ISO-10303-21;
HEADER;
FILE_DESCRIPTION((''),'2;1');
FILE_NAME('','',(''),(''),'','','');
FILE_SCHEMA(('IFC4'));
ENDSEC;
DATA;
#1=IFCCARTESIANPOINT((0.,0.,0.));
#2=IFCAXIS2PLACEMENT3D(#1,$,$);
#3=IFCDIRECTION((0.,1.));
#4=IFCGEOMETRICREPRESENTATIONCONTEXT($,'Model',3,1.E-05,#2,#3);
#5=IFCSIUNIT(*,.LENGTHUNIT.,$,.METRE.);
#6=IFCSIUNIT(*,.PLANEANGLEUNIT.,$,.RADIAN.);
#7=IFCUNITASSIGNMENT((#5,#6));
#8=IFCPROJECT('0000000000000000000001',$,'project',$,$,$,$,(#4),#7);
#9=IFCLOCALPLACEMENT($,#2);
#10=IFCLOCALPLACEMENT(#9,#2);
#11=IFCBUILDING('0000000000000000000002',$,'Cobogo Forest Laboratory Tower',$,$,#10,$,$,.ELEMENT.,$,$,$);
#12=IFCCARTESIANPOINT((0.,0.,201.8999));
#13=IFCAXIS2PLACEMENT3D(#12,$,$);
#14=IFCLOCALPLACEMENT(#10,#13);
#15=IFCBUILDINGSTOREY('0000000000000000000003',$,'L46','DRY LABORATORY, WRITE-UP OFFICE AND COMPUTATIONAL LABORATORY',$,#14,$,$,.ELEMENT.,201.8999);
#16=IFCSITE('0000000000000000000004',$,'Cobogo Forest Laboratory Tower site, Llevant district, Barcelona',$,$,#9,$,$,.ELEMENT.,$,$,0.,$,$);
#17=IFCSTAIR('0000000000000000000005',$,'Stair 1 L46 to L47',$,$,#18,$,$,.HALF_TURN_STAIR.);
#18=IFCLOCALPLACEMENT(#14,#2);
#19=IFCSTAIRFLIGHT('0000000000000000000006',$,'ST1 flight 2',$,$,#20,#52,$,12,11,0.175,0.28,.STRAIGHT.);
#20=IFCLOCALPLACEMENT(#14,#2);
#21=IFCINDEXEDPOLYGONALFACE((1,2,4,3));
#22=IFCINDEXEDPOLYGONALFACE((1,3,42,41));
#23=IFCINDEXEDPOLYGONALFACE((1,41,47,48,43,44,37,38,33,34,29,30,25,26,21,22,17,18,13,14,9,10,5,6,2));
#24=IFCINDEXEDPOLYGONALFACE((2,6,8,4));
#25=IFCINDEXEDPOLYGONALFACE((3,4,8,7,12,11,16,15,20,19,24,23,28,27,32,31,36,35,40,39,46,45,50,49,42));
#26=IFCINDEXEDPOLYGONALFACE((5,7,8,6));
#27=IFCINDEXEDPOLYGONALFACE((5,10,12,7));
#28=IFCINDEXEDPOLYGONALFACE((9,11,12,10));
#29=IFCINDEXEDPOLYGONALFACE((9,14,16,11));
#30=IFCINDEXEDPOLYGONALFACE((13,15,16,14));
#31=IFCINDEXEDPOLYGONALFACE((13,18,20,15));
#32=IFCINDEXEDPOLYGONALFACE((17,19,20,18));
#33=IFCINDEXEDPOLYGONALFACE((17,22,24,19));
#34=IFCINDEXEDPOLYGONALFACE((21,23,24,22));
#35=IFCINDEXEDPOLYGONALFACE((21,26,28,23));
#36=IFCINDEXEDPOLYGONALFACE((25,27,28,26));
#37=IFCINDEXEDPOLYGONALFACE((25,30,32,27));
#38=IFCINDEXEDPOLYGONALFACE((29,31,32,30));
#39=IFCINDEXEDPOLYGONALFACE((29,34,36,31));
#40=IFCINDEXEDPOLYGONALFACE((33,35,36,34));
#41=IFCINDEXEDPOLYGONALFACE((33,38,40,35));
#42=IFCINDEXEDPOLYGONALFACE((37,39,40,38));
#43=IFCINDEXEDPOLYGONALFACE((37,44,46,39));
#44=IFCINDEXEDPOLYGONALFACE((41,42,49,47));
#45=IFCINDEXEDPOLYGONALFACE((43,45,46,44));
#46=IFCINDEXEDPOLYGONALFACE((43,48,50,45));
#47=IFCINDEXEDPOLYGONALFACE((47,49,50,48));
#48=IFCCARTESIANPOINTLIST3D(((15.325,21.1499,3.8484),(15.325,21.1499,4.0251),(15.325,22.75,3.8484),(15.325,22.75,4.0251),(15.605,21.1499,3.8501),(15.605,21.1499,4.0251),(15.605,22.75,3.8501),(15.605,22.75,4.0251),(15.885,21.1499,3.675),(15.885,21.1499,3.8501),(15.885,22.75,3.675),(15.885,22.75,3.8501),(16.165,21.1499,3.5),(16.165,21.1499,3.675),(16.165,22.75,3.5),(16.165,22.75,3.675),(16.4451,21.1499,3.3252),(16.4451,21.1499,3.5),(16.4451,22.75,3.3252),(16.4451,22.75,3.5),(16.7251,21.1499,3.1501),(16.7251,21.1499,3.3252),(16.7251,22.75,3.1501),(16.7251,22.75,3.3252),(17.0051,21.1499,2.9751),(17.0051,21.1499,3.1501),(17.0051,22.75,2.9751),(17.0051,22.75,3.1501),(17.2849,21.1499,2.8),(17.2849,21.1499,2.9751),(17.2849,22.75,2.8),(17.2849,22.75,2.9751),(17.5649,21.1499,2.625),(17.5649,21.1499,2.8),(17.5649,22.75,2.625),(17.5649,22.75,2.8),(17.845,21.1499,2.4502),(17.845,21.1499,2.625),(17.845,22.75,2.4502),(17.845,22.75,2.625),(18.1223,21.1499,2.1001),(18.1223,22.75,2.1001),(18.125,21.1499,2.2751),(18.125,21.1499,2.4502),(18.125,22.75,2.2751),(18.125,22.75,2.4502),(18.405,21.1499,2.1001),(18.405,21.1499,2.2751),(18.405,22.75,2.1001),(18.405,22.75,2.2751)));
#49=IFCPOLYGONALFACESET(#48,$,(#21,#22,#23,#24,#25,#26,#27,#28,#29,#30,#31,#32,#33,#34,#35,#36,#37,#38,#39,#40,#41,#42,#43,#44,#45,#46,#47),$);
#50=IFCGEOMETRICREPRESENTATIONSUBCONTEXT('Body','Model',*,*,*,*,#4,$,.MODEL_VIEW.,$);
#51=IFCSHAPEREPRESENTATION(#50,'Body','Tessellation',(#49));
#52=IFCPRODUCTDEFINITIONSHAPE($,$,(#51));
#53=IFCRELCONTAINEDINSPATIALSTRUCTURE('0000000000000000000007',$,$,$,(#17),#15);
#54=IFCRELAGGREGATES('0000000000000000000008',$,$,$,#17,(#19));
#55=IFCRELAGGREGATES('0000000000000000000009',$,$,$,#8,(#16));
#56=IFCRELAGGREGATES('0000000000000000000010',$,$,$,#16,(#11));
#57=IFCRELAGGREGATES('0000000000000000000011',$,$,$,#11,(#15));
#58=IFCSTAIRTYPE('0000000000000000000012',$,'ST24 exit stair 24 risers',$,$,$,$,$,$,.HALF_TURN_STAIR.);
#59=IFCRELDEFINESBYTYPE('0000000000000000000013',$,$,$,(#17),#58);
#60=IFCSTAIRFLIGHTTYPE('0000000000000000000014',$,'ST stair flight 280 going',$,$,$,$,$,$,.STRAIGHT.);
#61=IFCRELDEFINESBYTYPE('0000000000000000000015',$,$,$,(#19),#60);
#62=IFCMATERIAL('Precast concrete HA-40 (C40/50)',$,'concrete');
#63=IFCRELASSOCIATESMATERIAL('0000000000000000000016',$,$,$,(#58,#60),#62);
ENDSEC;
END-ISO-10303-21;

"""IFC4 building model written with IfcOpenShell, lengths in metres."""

from ifc_helpers import new_model, si_unit, direction, frame, origin, place, context, subcontext, project, spatial, polyline, outline, extrude, material, type_object, element, aggregate, save


model = new_model("IFC4")

# Units and contexts
model_context = context("Model", 3, precision=1e-05, world=origin(), true_north=direction((0.0, 1.0)))
body_context = subcontext(model_context, "Body", "Model", "MODEL_VIEW")
ifc_project = project(units=[si_unit("LENGTHUNIT", "METRE"), si_unit("PLANEANGLEUNIT", "RADIAN")], contexts=[model_context])

# Site, building, storey
site_placement = place(None, origin())
site = spatial("IfcSite", under=ifc_project, at=site_placement, Name="Cobogo Forest Laboratory Tower site, Llevant district, Barcelona", CompositionType="ELEMENT", RefElevation=0.0)
building_placement = place(site_placement, origin())
building = spatial("IfcBuilding", under=site, at=building_placement, Name="Cobogo Forest Laboratory Tower", CompositionType="ELEMENT")
storey_placement = place(building_placement, frame((0.0, 0.0, 201.8999)))
storey = spatial("IfcBuildingStorey", under=building, at=storey_placement, Name="L46", Description="DRY LABORATORY, WRITE-UP OFFICE AND COMPUTATIONAL LABORATORY", CompositionType="ELEMENT", Elevation=201.8999)

# Stair, stair flight
ifc_material_1 = material(Name="Precast concrete HA-40 (C40/50)", Category="concrete")
stair_type = type_object("IfcStairType", Name="ST24 exit stair 24 risers", PredefinedType="HALF_TURN_STAIR", material=ifc_material_1)
stair_placement = place(storey_placement, origin())
stair = element("IfcStair", 1, at=stair_placement, inside=storey, type_object=stair_type, Name="Stair 1 L46 to L47", PredefinedType="HALF_TURN_STAIR")
stair_flight_type = type_object("IfcStairFlightType", Name="ST stair flight 280 going", PredefinedType="STRAIGHT", material=ifc_material_1)
stair_flight_1_placement = place(storey_placement, frame((18.405, 21.95, 2.1001), z_axis=(0.0, 0.0, 1.0), x_axis=(-1.0, 0.0, 0.0)))
stair_flight_1 = element("IfcStairFlight", 2, at=stair_flight_1_placement, type_object=stair_flight_type, Name="ST1 flight 2", NumberOfRisers=12, NumberOfTreads=11, PredefinedType="STRAIGHT", RiserHeight=0.175, TreadLength=0.28, context=body_context, shape_type="SweptSolid", body=[
    extrude(outline(polyline([(0.0, 0.0), (0.0, 0.175), (0.28, 0.175), (0.28, 0.3501), (0.5601, 0.3501), (0.5601, 0.5249), (0.8401, 0.5249), (0.8401, 0.7), (1.1201, 0.7), (1.1201, 0.875), (1.3999, 0.875), (1.3999, 1.05), (1.6799, 1.05), (1.6799, 1.2251), (1.96, 1.2251), (1.96, 1.3999), (2.24, 1.3999), (2.24, 1.575), (2.52, 1.575), (2.52, 1.75), (2.8, 1.75), (2.8, 1.925), (3.0801, 1.925), (3.0801, 2.1001), (3.0801, 1.7483), (0.2827, 0.0), (0.0, 0.0)])), frame((0.0, 0.8, 0.0), z_axis=(0.0, -1.0, 0.0), x_axis=(1.0, 0.0, 0.0)), (0.0, 0.0, 1.0), 1.6001),
])
aggregate(stair, [stair_flight_1])

save(model, "model.ifc")
